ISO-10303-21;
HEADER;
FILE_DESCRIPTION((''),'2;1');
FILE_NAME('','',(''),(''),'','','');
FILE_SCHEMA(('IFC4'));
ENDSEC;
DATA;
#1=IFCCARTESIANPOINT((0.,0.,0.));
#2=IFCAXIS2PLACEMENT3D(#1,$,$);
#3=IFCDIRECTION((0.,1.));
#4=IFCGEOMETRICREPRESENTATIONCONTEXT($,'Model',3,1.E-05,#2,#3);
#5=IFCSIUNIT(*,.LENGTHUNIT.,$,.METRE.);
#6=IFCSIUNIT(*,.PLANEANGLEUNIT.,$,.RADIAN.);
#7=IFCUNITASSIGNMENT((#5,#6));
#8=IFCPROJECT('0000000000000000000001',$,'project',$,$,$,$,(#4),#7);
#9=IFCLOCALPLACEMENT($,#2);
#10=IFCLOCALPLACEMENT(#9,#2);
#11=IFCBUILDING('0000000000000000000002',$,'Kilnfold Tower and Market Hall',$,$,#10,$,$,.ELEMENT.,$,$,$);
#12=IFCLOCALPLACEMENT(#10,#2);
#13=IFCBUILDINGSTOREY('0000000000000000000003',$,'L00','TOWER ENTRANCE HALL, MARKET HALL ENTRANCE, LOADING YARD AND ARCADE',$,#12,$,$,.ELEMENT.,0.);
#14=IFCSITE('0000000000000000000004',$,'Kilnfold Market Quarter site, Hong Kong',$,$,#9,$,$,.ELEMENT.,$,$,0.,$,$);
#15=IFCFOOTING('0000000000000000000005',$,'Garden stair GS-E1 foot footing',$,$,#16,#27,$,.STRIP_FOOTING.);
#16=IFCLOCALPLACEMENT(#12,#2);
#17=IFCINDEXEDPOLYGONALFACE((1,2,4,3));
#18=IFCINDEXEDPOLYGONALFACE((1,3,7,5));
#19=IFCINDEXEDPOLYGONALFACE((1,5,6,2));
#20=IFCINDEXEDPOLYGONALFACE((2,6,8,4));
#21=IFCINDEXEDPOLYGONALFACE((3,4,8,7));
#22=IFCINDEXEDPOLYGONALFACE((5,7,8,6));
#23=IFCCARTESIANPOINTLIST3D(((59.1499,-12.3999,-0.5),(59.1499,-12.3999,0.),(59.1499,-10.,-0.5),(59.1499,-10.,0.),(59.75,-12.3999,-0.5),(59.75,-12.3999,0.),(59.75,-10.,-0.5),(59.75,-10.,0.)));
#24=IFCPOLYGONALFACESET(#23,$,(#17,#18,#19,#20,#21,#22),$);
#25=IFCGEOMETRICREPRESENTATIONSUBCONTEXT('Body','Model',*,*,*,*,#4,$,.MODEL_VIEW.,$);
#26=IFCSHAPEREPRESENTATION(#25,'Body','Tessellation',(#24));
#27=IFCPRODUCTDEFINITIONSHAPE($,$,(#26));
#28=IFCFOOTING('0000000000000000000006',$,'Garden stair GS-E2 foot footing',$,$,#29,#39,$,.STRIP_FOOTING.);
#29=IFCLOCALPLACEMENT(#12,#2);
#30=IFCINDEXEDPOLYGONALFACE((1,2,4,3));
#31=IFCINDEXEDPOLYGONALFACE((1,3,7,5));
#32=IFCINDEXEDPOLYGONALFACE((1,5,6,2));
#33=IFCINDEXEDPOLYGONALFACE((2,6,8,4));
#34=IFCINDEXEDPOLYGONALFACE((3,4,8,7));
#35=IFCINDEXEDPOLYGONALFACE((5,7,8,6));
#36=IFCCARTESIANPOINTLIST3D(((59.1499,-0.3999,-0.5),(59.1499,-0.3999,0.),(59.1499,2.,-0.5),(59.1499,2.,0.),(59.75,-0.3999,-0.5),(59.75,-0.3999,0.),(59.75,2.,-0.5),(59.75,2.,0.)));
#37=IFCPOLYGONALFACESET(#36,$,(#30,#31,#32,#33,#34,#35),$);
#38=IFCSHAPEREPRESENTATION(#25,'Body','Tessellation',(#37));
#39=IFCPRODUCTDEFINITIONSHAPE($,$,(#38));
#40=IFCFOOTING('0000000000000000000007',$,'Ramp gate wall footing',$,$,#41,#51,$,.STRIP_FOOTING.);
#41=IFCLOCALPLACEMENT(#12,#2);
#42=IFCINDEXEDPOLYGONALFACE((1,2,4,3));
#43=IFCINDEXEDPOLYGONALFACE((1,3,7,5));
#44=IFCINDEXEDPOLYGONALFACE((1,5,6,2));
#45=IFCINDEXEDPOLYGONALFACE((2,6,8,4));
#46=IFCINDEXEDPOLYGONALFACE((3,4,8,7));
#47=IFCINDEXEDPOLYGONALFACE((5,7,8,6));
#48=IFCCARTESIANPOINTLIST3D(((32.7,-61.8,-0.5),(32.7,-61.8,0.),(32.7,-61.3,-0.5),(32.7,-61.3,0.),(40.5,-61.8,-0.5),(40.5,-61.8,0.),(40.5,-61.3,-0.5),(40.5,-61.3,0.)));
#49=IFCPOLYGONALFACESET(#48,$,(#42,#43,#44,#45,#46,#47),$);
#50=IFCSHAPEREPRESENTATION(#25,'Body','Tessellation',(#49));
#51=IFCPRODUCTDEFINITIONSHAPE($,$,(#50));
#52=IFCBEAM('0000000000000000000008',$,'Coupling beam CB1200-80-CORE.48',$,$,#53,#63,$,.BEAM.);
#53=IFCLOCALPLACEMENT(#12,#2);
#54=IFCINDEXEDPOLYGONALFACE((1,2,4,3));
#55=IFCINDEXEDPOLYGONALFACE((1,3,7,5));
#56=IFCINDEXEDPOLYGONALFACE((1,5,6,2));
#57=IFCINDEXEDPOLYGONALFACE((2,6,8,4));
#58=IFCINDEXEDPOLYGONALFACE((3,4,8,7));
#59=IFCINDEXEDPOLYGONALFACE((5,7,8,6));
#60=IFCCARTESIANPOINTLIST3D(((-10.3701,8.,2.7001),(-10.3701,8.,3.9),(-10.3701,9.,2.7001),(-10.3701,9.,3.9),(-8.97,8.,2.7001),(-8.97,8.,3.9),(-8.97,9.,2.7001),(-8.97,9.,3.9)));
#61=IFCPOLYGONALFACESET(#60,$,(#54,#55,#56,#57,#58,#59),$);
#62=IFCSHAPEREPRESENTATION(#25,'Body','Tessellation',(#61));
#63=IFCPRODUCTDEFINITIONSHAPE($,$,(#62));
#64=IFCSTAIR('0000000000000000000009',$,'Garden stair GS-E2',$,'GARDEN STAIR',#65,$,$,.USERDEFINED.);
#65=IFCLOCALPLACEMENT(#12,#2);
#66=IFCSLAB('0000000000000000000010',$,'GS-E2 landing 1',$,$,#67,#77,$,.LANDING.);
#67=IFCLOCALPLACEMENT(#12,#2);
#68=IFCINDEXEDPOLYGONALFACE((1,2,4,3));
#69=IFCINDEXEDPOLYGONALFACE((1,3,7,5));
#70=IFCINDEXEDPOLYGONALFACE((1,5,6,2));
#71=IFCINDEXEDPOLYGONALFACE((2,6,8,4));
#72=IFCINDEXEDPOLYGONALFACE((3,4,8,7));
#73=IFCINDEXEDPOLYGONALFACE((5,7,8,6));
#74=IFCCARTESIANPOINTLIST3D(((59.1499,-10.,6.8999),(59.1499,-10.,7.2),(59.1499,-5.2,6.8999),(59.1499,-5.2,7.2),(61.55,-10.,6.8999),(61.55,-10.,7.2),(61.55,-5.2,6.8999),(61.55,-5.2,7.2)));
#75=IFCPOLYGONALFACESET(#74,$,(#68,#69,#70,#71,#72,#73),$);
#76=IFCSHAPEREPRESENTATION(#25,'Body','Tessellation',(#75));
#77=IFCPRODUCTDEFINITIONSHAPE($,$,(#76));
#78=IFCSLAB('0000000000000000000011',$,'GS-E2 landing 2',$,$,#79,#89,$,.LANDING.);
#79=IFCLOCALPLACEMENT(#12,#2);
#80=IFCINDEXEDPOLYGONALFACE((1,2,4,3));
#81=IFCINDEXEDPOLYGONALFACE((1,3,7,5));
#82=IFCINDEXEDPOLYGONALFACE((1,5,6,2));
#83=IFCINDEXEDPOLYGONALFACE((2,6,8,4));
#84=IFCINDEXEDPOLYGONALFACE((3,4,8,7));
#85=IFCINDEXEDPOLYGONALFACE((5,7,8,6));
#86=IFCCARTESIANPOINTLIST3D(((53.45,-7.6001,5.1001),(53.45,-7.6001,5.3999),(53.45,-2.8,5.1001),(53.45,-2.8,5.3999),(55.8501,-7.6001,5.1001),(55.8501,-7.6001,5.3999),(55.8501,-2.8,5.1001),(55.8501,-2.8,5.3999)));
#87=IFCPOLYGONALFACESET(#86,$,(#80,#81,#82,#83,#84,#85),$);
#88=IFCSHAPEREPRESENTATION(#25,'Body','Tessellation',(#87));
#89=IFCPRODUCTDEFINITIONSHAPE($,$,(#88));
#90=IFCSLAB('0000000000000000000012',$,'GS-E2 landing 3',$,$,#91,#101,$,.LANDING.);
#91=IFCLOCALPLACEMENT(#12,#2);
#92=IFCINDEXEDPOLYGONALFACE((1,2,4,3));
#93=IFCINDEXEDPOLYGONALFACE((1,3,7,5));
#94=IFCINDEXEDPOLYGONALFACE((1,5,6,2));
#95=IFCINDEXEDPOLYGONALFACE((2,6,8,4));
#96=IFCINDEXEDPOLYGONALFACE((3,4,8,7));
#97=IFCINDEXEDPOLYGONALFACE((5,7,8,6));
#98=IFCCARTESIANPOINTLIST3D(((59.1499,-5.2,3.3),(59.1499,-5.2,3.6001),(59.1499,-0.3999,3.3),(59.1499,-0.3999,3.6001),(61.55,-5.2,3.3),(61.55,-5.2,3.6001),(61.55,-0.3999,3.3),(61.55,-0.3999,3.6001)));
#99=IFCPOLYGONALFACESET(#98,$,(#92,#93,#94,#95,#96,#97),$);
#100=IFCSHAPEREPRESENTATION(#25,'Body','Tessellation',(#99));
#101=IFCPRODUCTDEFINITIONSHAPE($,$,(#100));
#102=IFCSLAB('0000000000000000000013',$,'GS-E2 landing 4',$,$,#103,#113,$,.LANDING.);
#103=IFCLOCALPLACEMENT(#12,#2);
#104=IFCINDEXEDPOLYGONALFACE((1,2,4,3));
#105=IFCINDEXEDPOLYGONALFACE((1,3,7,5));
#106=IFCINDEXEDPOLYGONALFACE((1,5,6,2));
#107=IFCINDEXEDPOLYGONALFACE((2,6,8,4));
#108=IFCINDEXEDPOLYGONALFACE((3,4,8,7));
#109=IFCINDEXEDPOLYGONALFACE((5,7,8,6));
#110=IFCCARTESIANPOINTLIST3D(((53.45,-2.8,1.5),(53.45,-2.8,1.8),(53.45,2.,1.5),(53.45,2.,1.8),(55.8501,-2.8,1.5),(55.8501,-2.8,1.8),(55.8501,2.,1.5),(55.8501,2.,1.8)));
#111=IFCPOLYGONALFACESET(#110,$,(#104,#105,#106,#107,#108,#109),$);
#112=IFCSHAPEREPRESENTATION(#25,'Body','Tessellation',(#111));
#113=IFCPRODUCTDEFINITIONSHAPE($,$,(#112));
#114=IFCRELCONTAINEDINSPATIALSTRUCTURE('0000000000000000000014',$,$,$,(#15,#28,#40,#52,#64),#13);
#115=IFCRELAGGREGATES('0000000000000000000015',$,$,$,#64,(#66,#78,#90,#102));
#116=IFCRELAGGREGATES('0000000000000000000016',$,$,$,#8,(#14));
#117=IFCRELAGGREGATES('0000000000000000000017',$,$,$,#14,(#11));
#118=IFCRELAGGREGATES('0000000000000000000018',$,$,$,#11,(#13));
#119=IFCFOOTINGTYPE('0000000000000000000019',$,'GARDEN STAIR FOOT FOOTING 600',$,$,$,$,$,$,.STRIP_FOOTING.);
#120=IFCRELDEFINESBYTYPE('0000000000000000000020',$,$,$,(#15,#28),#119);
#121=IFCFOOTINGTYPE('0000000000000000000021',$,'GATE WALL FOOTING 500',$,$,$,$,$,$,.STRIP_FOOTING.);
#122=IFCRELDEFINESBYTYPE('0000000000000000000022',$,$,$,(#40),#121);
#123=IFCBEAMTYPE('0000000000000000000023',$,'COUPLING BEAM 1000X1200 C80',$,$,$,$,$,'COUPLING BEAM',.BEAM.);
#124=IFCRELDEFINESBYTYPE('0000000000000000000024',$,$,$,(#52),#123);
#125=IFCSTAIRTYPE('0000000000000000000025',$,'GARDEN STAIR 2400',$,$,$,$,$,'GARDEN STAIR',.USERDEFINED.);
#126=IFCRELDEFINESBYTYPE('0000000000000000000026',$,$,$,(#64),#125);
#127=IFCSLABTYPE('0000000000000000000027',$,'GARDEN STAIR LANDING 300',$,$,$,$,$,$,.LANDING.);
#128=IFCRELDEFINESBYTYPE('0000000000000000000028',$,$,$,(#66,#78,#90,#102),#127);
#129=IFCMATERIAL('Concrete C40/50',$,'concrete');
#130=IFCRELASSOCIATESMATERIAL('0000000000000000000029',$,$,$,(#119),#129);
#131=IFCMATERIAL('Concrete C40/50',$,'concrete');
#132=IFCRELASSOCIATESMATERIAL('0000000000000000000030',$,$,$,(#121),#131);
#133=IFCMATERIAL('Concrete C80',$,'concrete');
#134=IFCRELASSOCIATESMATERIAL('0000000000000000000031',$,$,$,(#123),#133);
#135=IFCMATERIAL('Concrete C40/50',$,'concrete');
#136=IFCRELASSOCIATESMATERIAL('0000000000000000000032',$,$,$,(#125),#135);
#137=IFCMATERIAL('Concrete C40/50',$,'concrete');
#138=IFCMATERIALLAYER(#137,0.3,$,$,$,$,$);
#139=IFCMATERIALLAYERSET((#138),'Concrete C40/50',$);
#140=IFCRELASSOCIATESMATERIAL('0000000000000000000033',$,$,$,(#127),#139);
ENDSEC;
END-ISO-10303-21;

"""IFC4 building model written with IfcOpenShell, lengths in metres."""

from ifc_helpers import new_model, si_unit, direction, frame, origin, origin_2d, place, context, subcontext, project, spatial, polyline, rectangle, outline, extrude, source, transform, mapped, material, layer, layer_set, material_profile, profile_set, type_object, element, aggregate, save


model = new_model("IFC4")

# Units and contexts
model_context = context("Model", 3, precision=1e-05, world=origin(), true_north=direction((0.0, 1.0)))
body_context = subcontext(model_context, "Body", "Model", "MODEL_VIEW")
ifc_project = project(units=[si_unit("LENGTHUNIT", "METRE"), si_unit("PLANEANGLEUNIT", "RADIAN")], contexts=[model_context])

# Site, building, storey
site_placement = place(None, origin())
site = spatial("IfcSite", under=ifc_project, at=site_placement, Name="Kilnfold Market Quarter site, Hong Kong", CompositionType="ELEMENT", RefElevation=0.0)
building_placement = place(site_placement, origin())
building = spatial("IfcBuilding", under=site, at=building_placement, Name="Kilnfold Tower and Market Hall", CompositionType="ELEMENT")
storey_placement = place(building_placement, origin())
storey = spatial("IfcBuildingStorey", under=building, at=storey_placement, Name="L00", Description="TOWER ENTRANCE HALL, MARKET HALL ENTRANCE, LOADING YARD AND ARCADE", CompositionType="ELEMENT", Elevation=0.0)

# Footings
ifc_material_1 = material(Name="Concrete C40/50", Category="concrete")
footing_type_1 = type_object("IfcFootingType", Name="GARDEN STAIR FOOT FOOTING 600", PredefinedType="STRIP_FOOTING", material=ifc_material_1)
shared_shape_1 = source(origin(), body_context, "Body", "SweptSolid", [
    extrude(outline(polyline([(59.1499, -12.3999), (59.1499, -10.0), (59.75, -10.0), (59.75, -12.3999), (59.1499, -12.3999)])), origin(), (0.0, 0.0, 1.0), 0.5),
])
footing_1_placement = place(storey_placement, frame((0.0, 0.0, -0.5)))
element("IfcFooting", 1, at=footing_1_placement, inside=storey, type_object=footing_type_1, Name="Garden stair GS-E1 foot footing", PredefinedType="STRIP_FOOTING", context=body_context, shape_type="MappedRepresentation", body=[
    mapped(shared_shape_1, transform((0.0, 0.0, 0.0))),
])
shared_shape_2 = source(origin(), body_context, "Body", "SweptSolid", [
    extrude(outline(polyline([(59.1499, -0.3999), (59.1499, 2.0), (59.75, 2.0), (59.75, -0.3999), (59.1499, -0.3999)])), origin(), (0.0, 0.0, 1.0), 0.5),
])
footing_2_placement = place(storey_placement, frame((0.0, 0.0, -0.5)))
element("IfcFooting", 2, at=footing_2_placement, inside=storey, type_object=footing_type_1, Name="Garden stair GS-E2 foot footing", PredefinedType="STRIP_FOOTING", context=body_context, shape_type="MappedRepresentation", body=[
    mapped(shared_shape_2, transform((0.0, 0.0, 0.0))),
])
ifc_material_2 = material(Name="Concrete C40/50", Category="concrete")
footing_type_2 = type_object("IfcFootingType", Name="GATE WALL FOOTING 500", PredefinedType="STRIP_FOOTING", material=ifc_material_2)
shared_shape_3 = source(origin(), body_context, "Body", "SweptSolid", [
    extrude(outline(polyline([(32.7, -61.8), (40.5, -61.8), (40.5, -61.3), (32.7, -61.3), (32.7, -61.8)])), origin(), (0.0, 0.0, 1.0), 0.5),
])
footing_3_placement = place(storey_placement, frame((0.0, 0.0, -0.5)))
element("IfcFooting", 3, at=footing_3_placement, inside=storey, type_object=footing_type_2, Name="Ramp gate wall footing", PredefinedType="STRIP_FOOTING", context=body_context, shape_type="MappedRepresentation", body=[
    mapped(shared_shape_3, transform((0.0, 0.0, 0.0))),
])

# Beam
ifc_material_3 = material(Name="Concrete C80", Category="concrete")
ifc_material_profile = material_profile(ifc_material_3, rectangle(XDim=1.0, YDim=1.2, at=origin_2d()), Name="RC 1000x1200")
ifc_profile_set = profile_set([ifc_material_profile], Name="Concrete C80")
beam_type = type_object("IfcBeamType", Name="COUPLING BEAM 1000X1200 C80", ElementType="COUPLING BEAM", PredefinedType="BEAM", material=ifc_profile_set)
shared_shape_4 = source(origin(), body_context, "Body", "SweptSolid", [
    extrude(rectangle(XDim=1.0, YDim=1.2, at=origin_2d()), origin(), (0.0, 0.0, 1.0), 1.4001),
])
beam_placement = place(storey_placement, frame((-10.3701, 8.5, 3.3), z_axis=(1.0, 0.0, 0.0), x_axis=(0.0, 1.0, 0.0)))
element("IfcBeam", 4, at=beam_placement, inside=storey, type_object=beam_type, Name="Coupling beam CB1200-80-CORE.48", PredefinedType="BEAM", context=body_context, shape_type="MappedRepresentation", body=[
    mapped(shared_shape_4, transform((0.0, 0.0, 0.0))),
])

# Stair, slabs
ifc_material_4 = material(Name="Concrete C40/50", Category="concrete")
stair_type_1 = type_object("IfcStairType", Name="GARDEN STAIR 2400", ElementType="GARDEN STAIR", PredefinedType="USERDEFINED", material=ifc_material_4)
stair_1_placement = place(storey_placement, origin())
stair_1 = element("IfcStair", 5, at=stair_1_placement, inside=storey, type_object=stair_type_1, Name="Garden stair GS-E2", ObjectType="GARDEN STAIR", PredefinedType="USERDEFINED")
ifc_material_5 = material(Name="Concrete C40/50", Category="concrete")
ifc_layer_1 = layer(ifc_material_5, 0.3)
ifc_layer_set_1 = layer_set([ifc_layer_1], Name="Concrete C40/50")
slab_type_1 = type_object("IfcSlabType", Name="GARDEN STAIR LANDING 300", PredefinedType="LANDING", material=ifc_layer_set_1)
shared_shape_5 = source(origin(), body_context, "Body", "SweptSolid", [
    extrude(outline(polyline([(59.1499, -10.0), (59.1499, -5.2), (61.55, -5.2), (61.55, -10.0), (59.1499, -10.0)])), origin(), (0.0, 0.0, 1.0), 0.3),
])
slab_1_placement = place(storey_placement, frame((0.0, 0.0, 6.8999)))
slab_1 = element("IfcSlab", 6, at=slab_1_placement, type_object=slab_type_1, Name="GS-E2 landing 1", PredefinedType="LANDING", context=body_context, shape_type="MappedRepresentation", body=[
    mapped(shared_shape_5, transform((0.0, 0.0, 0.0))),
])
shared_shape_6 = source(origin(), body_context, "Body", "SweptSolid", [
    extrude(outline(polyline([(53.45, -7.6001), (53.45, -2.8), (55.8501, -2.8), (55.8501, -7.6001), (53.45, -7.6001)])), origin(), (0.0, 0.0, 1.0), 0.2998),
])
slab_2_placement = place(storey_placement, frame((0.0, 0.0, 5.1001)))
slab_2 = element("IfcSlab", 7, at=slab_2_placement, type_object=slab_type_1, Name="GS-E2 landing 2", PredefinedType="LANDING", context=body_context, shape_type="MappedRepresentation", body=[
    mapped(shared_shape_6, transform((0.0, 0.0, 0.0))),
])
shared_shape_7 = source(origin(), body_context, "Body", "SweptSolid", [
    extrude(outline(polyline([(59.1499, -5.2), (59.1499, -0.3999), (61.55, -0.3999), (61.55, -5.2), (59.1499, -5.2)])), origin(), (0.0, 0.0, 1.0), 0.3),
])
slab_3_placement = place(storey_placement, frame((0.0, 0.0, 3.3)))
slab_3 = element("IfcSlab", 8, at=slab_3_placement, type_object=slab_type_1, Name="GS-E2 landing 3", PredefinedType="LANDING", context=body_context, shape_type="MappedRepresentation", body=[
    mapped(shared_shape_7, transform((0.0, 0.0, 0.0))),
])
shared_shape_8 = source(origin(), body_context, "Body", "SweptSolid", [
    extrude(outline(polyline([(53.45, -2.8), (53.45, 2.0), (55.8501, 2.0), (55.8501, -2.8), (53.45, -2.8)])), origin(), (0.0, 0.0, 1.0), 0.3),
])
slab_4_placement = place(storey_placement, frame((0.0, 0.0, 1.5)))
slab_4 = element("IfcSlab", 9, at=slab_4_placement, type_object=slab_type_1, Name="GS-E2 landing 4", PredefinedType="LANDING", context=body_context, shape_type="MappedRepresentation", body=[
    mapped(shared_shape_8, transform((0.0, 0.0, 0.0))),
])
aggregate(stair_1, [slab_1, slab_2, slab_3, slab_4])

save(model, "model.ifc")
